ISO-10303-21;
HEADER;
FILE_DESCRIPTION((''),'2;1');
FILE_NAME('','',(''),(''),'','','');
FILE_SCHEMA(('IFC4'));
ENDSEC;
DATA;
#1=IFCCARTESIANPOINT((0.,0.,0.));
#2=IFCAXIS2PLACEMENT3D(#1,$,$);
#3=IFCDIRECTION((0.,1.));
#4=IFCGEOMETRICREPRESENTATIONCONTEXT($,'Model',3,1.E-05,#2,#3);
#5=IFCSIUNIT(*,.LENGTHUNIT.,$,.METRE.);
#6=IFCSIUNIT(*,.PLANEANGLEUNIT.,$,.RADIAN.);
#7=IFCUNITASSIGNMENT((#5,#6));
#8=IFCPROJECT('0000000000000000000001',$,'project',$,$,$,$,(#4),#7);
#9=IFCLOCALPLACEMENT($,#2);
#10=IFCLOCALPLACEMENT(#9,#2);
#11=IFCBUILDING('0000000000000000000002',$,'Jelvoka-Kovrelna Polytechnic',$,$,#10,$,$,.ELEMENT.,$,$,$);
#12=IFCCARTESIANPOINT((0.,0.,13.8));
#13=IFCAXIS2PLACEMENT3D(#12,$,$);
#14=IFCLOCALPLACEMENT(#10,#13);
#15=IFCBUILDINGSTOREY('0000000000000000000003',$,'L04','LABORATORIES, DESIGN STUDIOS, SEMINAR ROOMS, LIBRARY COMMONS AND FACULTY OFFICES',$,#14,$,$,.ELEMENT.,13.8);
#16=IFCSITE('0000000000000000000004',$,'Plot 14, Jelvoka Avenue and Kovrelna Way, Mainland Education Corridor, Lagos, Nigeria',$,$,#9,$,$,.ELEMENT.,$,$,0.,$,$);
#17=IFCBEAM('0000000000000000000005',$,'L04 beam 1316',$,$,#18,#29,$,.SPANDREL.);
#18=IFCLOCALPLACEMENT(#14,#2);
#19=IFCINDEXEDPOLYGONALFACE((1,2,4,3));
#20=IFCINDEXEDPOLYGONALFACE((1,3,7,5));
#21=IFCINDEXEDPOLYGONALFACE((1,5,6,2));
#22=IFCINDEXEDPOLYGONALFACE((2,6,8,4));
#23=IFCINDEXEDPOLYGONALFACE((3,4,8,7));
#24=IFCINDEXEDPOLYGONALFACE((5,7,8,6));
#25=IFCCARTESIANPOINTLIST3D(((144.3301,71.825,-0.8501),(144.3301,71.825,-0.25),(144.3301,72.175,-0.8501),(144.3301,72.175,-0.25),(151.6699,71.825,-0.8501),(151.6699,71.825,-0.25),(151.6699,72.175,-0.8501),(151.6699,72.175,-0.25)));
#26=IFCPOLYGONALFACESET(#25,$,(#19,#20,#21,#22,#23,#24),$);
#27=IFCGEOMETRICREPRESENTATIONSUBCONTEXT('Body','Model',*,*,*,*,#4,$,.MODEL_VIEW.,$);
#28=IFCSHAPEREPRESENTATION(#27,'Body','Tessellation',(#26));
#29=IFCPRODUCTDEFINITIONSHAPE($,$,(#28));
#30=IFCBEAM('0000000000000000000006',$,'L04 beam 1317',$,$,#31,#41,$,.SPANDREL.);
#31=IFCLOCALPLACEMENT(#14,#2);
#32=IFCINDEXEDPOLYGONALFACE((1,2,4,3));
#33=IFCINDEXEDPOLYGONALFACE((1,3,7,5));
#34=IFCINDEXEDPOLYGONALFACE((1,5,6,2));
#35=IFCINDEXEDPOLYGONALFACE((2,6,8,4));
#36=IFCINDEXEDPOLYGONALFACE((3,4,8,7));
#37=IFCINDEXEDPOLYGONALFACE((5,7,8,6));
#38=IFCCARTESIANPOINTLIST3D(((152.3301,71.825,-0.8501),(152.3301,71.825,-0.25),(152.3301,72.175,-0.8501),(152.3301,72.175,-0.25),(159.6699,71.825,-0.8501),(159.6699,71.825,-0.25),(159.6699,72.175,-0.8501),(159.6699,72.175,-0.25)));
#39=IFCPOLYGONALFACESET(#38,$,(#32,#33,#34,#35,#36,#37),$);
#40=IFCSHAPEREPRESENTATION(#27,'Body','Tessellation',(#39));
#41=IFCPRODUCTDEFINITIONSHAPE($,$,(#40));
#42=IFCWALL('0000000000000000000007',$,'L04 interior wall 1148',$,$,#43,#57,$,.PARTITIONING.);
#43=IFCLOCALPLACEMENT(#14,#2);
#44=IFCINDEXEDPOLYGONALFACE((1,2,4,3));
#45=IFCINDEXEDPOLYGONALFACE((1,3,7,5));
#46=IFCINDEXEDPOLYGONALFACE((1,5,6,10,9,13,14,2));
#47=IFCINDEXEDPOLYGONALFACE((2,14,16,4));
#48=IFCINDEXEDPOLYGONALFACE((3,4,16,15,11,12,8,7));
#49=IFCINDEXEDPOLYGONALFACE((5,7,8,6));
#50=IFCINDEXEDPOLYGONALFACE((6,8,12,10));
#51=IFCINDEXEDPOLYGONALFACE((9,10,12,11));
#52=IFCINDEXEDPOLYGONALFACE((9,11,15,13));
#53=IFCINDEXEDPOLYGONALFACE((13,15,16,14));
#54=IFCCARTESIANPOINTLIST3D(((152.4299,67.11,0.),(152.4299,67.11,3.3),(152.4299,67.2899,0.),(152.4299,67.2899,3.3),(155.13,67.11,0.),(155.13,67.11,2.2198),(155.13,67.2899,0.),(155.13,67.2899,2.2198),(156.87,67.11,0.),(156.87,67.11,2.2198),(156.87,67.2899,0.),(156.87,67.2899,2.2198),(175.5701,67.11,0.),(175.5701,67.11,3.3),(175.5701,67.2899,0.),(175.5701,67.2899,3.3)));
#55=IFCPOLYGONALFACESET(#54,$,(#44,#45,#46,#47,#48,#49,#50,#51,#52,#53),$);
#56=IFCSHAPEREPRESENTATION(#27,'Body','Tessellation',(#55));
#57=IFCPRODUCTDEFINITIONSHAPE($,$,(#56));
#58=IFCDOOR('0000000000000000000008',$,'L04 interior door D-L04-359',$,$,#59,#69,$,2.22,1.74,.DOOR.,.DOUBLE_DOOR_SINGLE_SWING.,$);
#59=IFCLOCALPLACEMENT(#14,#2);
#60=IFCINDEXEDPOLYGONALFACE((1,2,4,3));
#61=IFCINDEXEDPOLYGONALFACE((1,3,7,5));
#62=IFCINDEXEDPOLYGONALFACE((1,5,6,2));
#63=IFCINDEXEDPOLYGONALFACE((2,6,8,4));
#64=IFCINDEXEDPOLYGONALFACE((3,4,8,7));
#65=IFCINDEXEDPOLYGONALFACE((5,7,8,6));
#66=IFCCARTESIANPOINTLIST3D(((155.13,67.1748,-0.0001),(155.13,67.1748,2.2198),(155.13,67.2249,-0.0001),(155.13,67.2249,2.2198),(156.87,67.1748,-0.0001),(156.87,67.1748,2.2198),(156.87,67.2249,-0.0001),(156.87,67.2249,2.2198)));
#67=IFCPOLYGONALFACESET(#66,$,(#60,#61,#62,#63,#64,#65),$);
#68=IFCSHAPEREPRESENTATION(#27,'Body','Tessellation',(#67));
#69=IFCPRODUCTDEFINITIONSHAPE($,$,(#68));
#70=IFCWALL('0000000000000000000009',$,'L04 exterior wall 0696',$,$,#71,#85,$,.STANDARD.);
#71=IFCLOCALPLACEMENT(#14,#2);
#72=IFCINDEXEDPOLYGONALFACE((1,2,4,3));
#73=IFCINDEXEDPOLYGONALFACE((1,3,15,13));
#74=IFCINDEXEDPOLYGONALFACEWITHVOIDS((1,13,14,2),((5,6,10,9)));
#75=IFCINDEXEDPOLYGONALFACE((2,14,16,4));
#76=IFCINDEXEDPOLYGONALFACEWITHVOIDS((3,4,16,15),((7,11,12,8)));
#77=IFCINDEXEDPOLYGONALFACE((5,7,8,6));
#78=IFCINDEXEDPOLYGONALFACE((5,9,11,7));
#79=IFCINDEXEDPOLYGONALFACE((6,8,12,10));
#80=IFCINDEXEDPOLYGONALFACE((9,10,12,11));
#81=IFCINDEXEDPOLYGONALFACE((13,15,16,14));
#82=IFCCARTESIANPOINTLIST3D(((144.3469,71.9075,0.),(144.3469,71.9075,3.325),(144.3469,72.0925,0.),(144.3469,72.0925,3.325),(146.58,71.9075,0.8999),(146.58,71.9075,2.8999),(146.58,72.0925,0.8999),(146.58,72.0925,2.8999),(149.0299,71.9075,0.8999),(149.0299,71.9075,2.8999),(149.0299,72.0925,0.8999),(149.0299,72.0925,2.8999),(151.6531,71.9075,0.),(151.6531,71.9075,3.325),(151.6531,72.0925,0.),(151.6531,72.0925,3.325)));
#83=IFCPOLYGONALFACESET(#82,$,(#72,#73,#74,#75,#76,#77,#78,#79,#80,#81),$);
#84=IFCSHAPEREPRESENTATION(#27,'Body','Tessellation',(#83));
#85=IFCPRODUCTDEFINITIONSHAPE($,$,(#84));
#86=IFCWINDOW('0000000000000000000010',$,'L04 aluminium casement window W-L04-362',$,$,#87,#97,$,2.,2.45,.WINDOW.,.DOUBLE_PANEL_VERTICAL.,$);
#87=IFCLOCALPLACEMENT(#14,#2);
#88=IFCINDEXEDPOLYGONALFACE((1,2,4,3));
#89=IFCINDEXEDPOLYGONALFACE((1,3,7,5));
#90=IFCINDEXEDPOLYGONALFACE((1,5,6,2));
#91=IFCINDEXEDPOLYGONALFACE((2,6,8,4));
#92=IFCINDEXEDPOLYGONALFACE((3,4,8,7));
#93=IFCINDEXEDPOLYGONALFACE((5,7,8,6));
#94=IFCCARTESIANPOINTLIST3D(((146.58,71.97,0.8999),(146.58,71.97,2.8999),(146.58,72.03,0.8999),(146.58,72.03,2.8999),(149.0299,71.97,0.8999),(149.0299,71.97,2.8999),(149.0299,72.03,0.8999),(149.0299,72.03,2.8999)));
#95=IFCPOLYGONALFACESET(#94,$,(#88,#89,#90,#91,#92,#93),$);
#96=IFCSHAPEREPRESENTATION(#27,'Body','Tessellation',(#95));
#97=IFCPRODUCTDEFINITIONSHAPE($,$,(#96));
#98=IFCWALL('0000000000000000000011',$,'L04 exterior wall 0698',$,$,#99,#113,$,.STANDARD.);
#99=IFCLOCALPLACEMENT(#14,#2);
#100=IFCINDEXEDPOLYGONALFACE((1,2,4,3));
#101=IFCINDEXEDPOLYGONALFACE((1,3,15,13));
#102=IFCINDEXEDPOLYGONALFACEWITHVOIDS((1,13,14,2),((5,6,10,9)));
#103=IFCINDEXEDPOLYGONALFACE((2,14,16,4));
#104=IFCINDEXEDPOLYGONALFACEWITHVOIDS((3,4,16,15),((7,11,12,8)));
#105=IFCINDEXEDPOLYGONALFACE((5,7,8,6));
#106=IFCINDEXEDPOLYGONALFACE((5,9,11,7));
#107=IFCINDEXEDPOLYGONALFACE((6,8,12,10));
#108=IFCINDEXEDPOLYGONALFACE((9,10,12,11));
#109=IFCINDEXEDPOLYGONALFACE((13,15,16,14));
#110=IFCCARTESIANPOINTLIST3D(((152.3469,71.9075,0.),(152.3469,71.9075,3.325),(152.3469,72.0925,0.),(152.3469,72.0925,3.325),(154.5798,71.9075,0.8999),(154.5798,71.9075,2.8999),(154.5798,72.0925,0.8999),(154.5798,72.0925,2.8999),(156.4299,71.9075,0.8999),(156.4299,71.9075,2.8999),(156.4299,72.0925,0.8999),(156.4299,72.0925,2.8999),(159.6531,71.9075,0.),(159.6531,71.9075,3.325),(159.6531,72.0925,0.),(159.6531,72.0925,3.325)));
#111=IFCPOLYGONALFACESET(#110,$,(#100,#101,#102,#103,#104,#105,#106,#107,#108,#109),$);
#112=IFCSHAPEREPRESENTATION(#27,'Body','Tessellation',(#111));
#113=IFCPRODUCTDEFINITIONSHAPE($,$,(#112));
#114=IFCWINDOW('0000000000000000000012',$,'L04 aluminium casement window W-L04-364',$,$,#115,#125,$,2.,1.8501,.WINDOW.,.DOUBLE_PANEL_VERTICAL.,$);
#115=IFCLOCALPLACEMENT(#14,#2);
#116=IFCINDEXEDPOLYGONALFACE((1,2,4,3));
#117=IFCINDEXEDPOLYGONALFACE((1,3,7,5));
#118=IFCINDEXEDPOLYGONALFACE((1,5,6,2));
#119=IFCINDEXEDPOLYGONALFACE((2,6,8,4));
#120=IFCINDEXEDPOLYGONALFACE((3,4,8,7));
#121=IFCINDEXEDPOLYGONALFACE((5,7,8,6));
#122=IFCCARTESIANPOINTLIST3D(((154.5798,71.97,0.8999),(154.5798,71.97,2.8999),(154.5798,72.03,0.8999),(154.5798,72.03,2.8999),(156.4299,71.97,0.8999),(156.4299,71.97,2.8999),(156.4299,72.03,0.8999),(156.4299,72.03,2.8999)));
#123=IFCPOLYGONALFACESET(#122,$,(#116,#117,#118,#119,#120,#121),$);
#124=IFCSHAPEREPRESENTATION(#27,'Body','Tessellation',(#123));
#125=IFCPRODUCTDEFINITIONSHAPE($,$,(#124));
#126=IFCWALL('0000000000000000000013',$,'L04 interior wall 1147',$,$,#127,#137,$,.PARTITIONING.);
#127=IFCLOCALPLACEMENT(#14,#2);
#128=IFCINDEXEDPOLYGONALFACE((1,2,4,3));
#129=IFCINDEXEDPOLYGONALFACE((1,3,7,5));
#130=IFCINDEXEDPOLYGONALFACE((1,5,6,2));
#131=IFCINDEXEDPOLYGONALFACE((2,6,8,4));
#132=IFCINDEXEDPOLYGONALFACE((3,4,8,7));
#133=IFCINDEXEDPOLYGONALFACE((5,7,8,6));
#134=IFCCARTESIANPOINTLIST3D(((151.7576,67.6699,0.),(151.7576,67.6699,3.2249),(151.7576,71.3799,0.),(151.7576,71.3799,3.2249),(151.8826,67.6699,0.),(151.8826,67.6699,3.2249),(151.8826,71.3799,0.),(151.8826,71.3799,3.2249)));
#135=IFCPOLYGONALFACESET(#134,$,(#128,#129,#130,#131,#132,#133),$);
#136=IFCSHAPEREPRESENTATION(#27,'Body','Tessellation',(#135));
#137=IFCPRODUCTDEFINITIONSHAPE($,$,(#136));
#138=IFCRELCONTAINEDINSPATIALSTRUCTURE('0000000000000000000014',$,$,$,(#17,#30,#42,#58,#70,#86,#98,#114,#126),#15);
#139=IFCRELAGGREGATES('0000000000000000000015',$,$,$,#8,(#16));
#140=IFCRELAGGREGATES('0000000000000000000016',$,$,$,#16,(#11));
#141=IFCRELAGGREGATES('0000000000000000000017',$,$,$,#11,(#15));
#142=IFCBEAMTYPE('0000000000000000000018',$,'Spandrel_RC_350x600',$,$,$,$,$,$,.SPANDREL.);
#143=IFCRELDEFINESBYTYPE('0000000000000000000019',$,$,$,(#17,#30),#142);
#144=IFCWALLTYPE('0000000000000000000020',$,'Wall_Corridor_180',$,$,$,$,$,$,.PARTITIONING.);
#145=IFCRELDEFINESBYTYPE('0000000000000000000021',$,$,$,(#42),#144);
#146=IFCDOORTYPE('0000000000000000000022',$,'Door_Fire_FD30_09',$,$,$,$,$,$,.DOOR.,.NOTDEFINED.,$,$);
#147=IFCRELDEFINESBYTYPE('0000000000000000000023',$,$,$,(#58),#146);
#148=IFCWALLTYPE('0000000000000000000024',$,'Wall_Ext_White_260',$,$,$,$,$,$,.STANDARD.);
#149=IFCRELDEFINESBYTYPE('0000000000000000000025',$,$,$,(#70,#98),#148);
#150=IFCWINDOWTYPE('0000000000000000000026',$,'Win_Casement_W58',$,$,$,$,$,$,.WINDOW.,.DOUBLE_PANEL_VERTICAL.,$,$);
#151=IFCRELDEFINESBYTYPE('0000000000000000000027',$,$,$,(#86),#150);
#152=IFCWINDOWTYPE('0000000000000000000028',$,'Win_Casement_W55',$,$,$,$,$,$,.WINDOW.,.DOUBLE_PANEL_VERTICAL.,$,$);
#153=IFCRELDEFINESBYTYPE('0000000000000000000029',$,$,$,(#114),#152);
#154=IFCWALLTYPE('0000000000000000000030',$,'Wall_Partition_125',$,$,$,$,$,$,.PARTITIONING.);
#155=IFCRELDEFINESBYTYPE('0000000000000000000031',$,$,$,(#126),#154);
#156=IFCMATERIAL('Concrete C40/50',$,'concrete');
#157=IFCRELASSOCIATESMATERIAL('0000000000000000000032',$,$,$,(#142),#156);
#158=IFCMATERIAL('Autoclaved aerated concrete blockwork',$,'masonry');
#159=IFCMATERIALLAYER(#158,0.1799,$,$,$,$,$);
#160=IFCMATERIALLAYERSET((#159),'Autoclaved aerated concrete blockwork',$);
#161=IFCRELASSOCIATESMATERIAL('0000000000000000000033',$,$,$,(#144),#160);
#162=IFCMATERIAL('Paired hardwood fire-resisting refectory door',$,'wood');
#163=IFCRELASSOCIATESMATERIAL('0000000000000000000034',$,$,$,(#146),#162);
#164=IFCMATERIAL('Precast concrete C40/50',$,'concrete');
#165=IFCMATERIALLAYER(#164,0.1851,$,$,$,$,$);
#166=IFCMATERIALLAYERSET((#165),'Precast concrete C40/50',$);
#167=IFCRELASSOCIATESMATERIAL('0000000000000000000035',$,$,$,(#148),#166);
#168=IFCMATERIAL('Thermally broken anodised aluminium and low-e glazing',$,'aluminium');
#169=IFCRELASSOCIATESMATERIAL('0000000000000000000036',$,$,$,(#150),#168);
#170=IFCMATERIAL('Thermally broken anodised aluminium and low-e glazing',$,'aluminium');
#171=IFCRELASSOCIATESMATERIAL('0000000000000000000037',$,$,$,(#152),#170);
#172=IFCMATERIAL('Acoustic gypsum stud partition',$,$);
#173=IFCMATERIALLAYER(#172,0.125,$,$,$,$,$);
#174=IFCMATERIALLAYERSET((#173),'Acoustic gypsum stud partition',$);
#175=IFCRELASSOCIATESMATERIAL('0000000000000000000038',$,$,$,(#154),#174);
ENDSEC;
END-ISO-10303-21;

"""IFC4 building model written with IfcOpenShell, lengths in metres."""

from ifc_helpers import new_model, si_unit, direction, frame, frame_2d, origin, origin_2d, place, context, subcontext, project, spatial, rectangle, extrude, material, layer, layer_set, material_profile, profile_set, type_object, element, fill, save


model = new_model("IFC4")

# Units and contexts
model_context = context("Model", 3, precision=1e-05, world=origin(), true_north=direction((0.0, 1.0)))
body_context = subcontext(model_context, "Body", "Model", "MODEL_VIEW")
ifc_project = project(units=[si_unit("LENGTHUNIT", "METRE"), si_unit("PLANEANGLEUNIT", "RADIAN")], contexts=[model_context])

# Site, building, storey
site_placement = place(None, origin())
site = spatial("IfcSite", under=ifc_project, at=site_placement, Name="Plot 14, Jelvoka Avenue and Kovrelna Way, Mainland Education Corridor, Lagos, Nigeria", CompositionType="ELEMENT", RefElevation=0.0)
building_placement = place(site_placement, origin())
building = spatial("IfcBuilding", under=site, at=building_placement, Name="Jelvoka-Kovrelna Polytechnic", CompositionType="ELEMENT")
storey_placement = place(building_placement, frame((0.0, 0.0, 13.8)))
storey = spatial("IfcBuildingStorey", under=building, at=storey_placement, Name="L04", Description="LABORATORIES, DESIGN STUDIOS, SEMINAR ROOMS, LIBRARY COMMONS AND FACULTY OFFICES", CompositionType="ELEMENT", Elevation=13.8)

# Beams
ifc_material_1 = material(Name="Concrete C40/50", Category="concrete")
ifc_material_profile_1 = material_profile(ifc_material_1, rectangle(XDim=0.3501, YDim=0.6001, at=origin_2d()), Name="RC 350x600")
ifc_profile_set_1 = profile_set([ifc_material_profile_1], Name="Concrete C40/50")
beam_type_1 = type_object("IfcBeamType", Name="Spandrel_RC_350x600", PredefinedType="SPANDREL", material=ifc_profile_set_1)
for number, where, z_axis, x_axis, name in (
    (1, (144.3301, 72.0, -0.55), (1.0, 0.0, 0.0), (0.0, 1.0, 0.0), "L04 beam 1316"),
    (2, (152.3301, 72.0, -0.55), (1.0, 0.0, 0.0), (0.0, 1.0, 0.0), "L04 beam 1317"),
):
    element("IfcBeam", number, at=place(storey_placement, frame(where, z_axis=z_axis, x_axis=x_axis)), inside=storey, type_object=beam_type_1, Name=name, PredefinedType="SPANDREL", context=body_context, shape_type="SweptSolid", body=[
        extrude(rectangle(XDim=0.3501, YDim=0.6001, at=origin_2d()), origin(), (0.0, 0.0, 1.0), 7.3398),
    ])

# Wall, opening, door
ifc_material_2 = material(Name="Autoclaved aerated concrete blockwork", Category="masonry")
ifc_layer_1 = layer(ifc_material_2, 0.1799)
ifc_layer_set_1 = layer_set([ifc_layer_1], Name="Autoclaved aerated concrete blockwork")
wall_type_1 = type_object("IfcWallType", Name="Wall_Corridor_180", PredefinedType="PARTITIONING", material=ifc_layer_set_1)
wall_1_placement = place(storey_placement, frame((152.4299, 67.2, 0.0), z_axis=(0.0, 0.0, 1.0), x_axis=(1.0, 0.0, 0.0)))
wall_1 = element("IfcWall", 3, at=wall_1_placement, inside=storey, type_object=wall_type_1, Name="L04 interior wall 1148", PredefinedType="PARTITIONING", context=body_context, shape_type="SweptSolid", body=[
    extrude(rectangle(XDim=23.1401, YDim=0.1799, at=frame_2d((11.5701, 0.0))), origin(), (0.0, 0.0, 1.0), 3.3),
])
opening_1_placement = place(wall_1_placement, frame((2.7, 0.0, 0.0)))
opening_1 = element("IfcOpeningElement", 4, at=opening_1_placement, cuts=wall_1, PredefinedType="OPENING", context=body_context, shape_type="SweptSolid", body=[
    extrude(rectangle(XDim=1.74, YDim=2.22, at=frame_2d((0.8701, 1.1099))), frame((0.0, 0.0999, 0.0), z_axis=(0.0, -1.0, 0.0), x_axis=(1.0, 0.0, 0.0)), (0.0, 0.0, 1.0), 0.2),
])
ifc_material_3 = material(Name="Paired hardwood fire-resisting refectory door", Category="wood")
door_type = type_object("IfcDoorType", Name="Door_Fire_FD30_09", OperationType="NOTDEFINED", PredefinedType="DOOR", material=ifc_material_3)
door_placement = place(opening_1_placement, origin())
door = element("IfcDoor", 5, at=door_placement, inside=storey, type_object=door_type, Name="L04 interior door D-L04-359", OperationType="DOUBLE_DOOR_SINGLE_SWING", OverallHeight=2.22, OverallWidth=1.74, PredefinedType="DOOR", context=body_context, shape_type="SweptSolid", body=[
    extrude(rectangle(XDim=1.74, YDim=2.22, at=frame_2d((0.8701, 1.1099))), frame((0.0, 0.0249, 0.0), z_axis=(0.0, -1.0, 0.0), x_axis=(1.0, 0.0, 0.0)), (0.0, 0.0, 1.0), 0.05),
])
fill(opening_1, door)

# Walls, openings, windows
ifc_material_4 = material(Name="Precast concrete C40/50", Category="concrete")
ifc_layer_2 = layer(ifc_material_4, 0.1851)
ifc_layer_set_2 = layer_set([ifc_layer_2], Name="Precast concrete C40/50")
wall_type_2 = type_object("IfcWallType", Name="Wall_Ext_White_260", PredefinedType="STANDARD", material=ifc_layer_set_2)
wall_2_placement = place(storey_placement, frame((144.3469, 72.0, 0.0), z_axis=(0.0, 0.0, 1.0), x_axis=(1.0, 0.0, 0.0)))
wall_2 = element("IfcWall", 6, at=wall_2_placement, inside=storey, type_object=wall_type_2, Name="L04 exterior wall 0696", PredefinedType="STANDARD", context=body_context, shape_type="SweptSolid", body=[
    extrude(rectangle(XDim=7.3062, YDim=0.1851, at=frame_2d((3.6531, 0.0))), origin(), (0.0, 0.0, 1.0), 3.325),
])
opening_2_placement = place(wall_2_placement, frame((2.2329, 0.0, 0.8999)))
opening_2 = element("IfcOpeningElement", 7, at=opening_2_placement, cuts=wall_2, PredefinedType="OPENING", context=body_context, shape_type="SweptSolid", body=[
    extrude(rectangle(XDim=2.45, YDim=2.0, at=frame_2d((1.2251, 1.0))), frame((0.0, 0.1025, 0.0), z_axis=(0.0, -1.0, 0.0), x_axis=(1.0, 0.0, 0.0)), (0.0, 0.0, 1.0), 0.2051),
])
ifc_material_5 = material(Name="Thermally broken anodised aluminium and low-e glazing", Category="aluminium")
window_type_1 = type_object("IfcWindowType", Name="Win_Casement_W58", PartitioningType="DOUBLE_PANEL_VERTICAL", PredefinedType="WINDOW", material=ifc_material_5)
window_1_placement = place(opening_2_placement, origin())
window_1 = element("IfcWindow", 8, at=window_1_placement, inside=storey, type_object=window_type_1, Name="L04 aluminium casement window W-L04-362", OverallHeight=2.0, OverallWidth=2.45, PartitioningType="DOUBLE_PANEL_VERTICAL", PredefinedType="WINDOW", context=body_context, shape_type="SweptSolid", body=[
    extrude(rectangle(XDim=2.45, YDim=2.0, at=frame_2d((1.2251, 1.0))), frame((0.0, 0.03, 0.0), z_axis=(0.0, -1.0, 0.0), x_axis=(1.0, 0.0, 0.0)), (0.0, 0.0, 1.0), 0.0601),
])
fill(opening_2, window_1)
wall_3_placement = place(storey_placement, frame((152.3469, 72.0, 0.0), z_axis=(0.0, 0.0, 1.0), x_axis=(1.0, 0.0, 0.0)))
wall_3 = element("IfcWall", 9, at=wall_3_placement, inside=storey, type_object=wall_type_2, Name="L04 exterior wall 0698", PredefinedType="STANDARD", context=body_context, shape_type="SweptSolid", body=[
    extrude(rectangle(XDim=7.3062, YDim=0.1851, at=frame_2d((3.6531, 0.0))), origin(), (0.0, 0.0, 1.0), 3.325),
])
opening_3_placement = place(wall_3_placement, frame((2.2329, 0.0, 0.8999)))
opening_3 = element("IfcOpeningElement", 10, at=opening_3_placement, cuts=wall_3, PredefinedType="OPENING", context=body_context, shape_type="SweptSolid", body=[
    extrude(rectangle(XDim=1.8501, YDim=2.0, at=frame_2d((0.925, 1.0))), frame((0.0, 0.1025, 0.0), z_axis=(0.0, -1.0, 0.0), x_axis=(1.0, 0.0, 0.0)), (0.0, 0.0, 1.0), 0.2051),
])
ifc_material_6 = material(Name="Thermally broken anodised aluminium and low-e glazing", Category="aluminium")
window_type_2 = type_object("IfcWindowType", Name="Win_Casement_W55", PartitioningType="DOUBLE_PANEL_VERTICAL", PredefinedType="WINDOW", material=ifc_material_6)
window_2_placement = place(opening_3_placement, origin())
window_2 = element("IfcWindow", 11, at=window_2_placement, inside=storey, type_object=window_type_2, Name="L04 aluminium casement window W-L04-364", OverallHeight=2.0, OverallWidth=1.8501, PartitioningType="DOUBLE_PANEL_VERTICAL", PredefinedType="WINDOW", context=body_context, shape_type="SweptSolid", body=[
    extrude(rectangle(XDim=1.8501, YDim=2.0, at=frame_2d((0.925, 1.0))), frame((0.0, 0.03, 0.0), z_axis=(0.0, -1.0, 0.0), x_axis=(1.0, 0.0, 0.0)), (0.0, 0.0, 1.0), 0.0601),
])
fill(opening_3, window_2)

# Wall
ifc_material_7 = material(Name="Acoustic gypsum stud partition")
ifc_layer_3 = layer(ifc_material_7, 0.125)
ifc_layer_set_3 = layer_set([ifc_layer_3], Name="Acoustic gypsum stud partition")
wall_type_3 = type_object("IfcWallType", Name="Wall_Partition_125", PredefinedType="PARTITIONING", material=ifc_layer_set_3)
wall_4_placement = place(storey_placement, frame((151.8201, 67.6699, 0.0), z_axis=(0.0, 0.0, 1.0), x_axis=(0.0, 1.0, 0.0)))
element("IfcWall", 12, at=wall_4_placement, inside=storey, type_object=wall_type_3, Name="L04 interior wall 1147", PredefinedType="PARTITIONING", context=body_context, shape_type="SweptSolid", body=[
    extrude(rectangle(XDim=3.71, YDim=0.125, at=frame_2d((1.855, 0.0))), origin(), (0.0, 0.0, 1.0), 3.2249),
])

save(model, "model.ifc")
